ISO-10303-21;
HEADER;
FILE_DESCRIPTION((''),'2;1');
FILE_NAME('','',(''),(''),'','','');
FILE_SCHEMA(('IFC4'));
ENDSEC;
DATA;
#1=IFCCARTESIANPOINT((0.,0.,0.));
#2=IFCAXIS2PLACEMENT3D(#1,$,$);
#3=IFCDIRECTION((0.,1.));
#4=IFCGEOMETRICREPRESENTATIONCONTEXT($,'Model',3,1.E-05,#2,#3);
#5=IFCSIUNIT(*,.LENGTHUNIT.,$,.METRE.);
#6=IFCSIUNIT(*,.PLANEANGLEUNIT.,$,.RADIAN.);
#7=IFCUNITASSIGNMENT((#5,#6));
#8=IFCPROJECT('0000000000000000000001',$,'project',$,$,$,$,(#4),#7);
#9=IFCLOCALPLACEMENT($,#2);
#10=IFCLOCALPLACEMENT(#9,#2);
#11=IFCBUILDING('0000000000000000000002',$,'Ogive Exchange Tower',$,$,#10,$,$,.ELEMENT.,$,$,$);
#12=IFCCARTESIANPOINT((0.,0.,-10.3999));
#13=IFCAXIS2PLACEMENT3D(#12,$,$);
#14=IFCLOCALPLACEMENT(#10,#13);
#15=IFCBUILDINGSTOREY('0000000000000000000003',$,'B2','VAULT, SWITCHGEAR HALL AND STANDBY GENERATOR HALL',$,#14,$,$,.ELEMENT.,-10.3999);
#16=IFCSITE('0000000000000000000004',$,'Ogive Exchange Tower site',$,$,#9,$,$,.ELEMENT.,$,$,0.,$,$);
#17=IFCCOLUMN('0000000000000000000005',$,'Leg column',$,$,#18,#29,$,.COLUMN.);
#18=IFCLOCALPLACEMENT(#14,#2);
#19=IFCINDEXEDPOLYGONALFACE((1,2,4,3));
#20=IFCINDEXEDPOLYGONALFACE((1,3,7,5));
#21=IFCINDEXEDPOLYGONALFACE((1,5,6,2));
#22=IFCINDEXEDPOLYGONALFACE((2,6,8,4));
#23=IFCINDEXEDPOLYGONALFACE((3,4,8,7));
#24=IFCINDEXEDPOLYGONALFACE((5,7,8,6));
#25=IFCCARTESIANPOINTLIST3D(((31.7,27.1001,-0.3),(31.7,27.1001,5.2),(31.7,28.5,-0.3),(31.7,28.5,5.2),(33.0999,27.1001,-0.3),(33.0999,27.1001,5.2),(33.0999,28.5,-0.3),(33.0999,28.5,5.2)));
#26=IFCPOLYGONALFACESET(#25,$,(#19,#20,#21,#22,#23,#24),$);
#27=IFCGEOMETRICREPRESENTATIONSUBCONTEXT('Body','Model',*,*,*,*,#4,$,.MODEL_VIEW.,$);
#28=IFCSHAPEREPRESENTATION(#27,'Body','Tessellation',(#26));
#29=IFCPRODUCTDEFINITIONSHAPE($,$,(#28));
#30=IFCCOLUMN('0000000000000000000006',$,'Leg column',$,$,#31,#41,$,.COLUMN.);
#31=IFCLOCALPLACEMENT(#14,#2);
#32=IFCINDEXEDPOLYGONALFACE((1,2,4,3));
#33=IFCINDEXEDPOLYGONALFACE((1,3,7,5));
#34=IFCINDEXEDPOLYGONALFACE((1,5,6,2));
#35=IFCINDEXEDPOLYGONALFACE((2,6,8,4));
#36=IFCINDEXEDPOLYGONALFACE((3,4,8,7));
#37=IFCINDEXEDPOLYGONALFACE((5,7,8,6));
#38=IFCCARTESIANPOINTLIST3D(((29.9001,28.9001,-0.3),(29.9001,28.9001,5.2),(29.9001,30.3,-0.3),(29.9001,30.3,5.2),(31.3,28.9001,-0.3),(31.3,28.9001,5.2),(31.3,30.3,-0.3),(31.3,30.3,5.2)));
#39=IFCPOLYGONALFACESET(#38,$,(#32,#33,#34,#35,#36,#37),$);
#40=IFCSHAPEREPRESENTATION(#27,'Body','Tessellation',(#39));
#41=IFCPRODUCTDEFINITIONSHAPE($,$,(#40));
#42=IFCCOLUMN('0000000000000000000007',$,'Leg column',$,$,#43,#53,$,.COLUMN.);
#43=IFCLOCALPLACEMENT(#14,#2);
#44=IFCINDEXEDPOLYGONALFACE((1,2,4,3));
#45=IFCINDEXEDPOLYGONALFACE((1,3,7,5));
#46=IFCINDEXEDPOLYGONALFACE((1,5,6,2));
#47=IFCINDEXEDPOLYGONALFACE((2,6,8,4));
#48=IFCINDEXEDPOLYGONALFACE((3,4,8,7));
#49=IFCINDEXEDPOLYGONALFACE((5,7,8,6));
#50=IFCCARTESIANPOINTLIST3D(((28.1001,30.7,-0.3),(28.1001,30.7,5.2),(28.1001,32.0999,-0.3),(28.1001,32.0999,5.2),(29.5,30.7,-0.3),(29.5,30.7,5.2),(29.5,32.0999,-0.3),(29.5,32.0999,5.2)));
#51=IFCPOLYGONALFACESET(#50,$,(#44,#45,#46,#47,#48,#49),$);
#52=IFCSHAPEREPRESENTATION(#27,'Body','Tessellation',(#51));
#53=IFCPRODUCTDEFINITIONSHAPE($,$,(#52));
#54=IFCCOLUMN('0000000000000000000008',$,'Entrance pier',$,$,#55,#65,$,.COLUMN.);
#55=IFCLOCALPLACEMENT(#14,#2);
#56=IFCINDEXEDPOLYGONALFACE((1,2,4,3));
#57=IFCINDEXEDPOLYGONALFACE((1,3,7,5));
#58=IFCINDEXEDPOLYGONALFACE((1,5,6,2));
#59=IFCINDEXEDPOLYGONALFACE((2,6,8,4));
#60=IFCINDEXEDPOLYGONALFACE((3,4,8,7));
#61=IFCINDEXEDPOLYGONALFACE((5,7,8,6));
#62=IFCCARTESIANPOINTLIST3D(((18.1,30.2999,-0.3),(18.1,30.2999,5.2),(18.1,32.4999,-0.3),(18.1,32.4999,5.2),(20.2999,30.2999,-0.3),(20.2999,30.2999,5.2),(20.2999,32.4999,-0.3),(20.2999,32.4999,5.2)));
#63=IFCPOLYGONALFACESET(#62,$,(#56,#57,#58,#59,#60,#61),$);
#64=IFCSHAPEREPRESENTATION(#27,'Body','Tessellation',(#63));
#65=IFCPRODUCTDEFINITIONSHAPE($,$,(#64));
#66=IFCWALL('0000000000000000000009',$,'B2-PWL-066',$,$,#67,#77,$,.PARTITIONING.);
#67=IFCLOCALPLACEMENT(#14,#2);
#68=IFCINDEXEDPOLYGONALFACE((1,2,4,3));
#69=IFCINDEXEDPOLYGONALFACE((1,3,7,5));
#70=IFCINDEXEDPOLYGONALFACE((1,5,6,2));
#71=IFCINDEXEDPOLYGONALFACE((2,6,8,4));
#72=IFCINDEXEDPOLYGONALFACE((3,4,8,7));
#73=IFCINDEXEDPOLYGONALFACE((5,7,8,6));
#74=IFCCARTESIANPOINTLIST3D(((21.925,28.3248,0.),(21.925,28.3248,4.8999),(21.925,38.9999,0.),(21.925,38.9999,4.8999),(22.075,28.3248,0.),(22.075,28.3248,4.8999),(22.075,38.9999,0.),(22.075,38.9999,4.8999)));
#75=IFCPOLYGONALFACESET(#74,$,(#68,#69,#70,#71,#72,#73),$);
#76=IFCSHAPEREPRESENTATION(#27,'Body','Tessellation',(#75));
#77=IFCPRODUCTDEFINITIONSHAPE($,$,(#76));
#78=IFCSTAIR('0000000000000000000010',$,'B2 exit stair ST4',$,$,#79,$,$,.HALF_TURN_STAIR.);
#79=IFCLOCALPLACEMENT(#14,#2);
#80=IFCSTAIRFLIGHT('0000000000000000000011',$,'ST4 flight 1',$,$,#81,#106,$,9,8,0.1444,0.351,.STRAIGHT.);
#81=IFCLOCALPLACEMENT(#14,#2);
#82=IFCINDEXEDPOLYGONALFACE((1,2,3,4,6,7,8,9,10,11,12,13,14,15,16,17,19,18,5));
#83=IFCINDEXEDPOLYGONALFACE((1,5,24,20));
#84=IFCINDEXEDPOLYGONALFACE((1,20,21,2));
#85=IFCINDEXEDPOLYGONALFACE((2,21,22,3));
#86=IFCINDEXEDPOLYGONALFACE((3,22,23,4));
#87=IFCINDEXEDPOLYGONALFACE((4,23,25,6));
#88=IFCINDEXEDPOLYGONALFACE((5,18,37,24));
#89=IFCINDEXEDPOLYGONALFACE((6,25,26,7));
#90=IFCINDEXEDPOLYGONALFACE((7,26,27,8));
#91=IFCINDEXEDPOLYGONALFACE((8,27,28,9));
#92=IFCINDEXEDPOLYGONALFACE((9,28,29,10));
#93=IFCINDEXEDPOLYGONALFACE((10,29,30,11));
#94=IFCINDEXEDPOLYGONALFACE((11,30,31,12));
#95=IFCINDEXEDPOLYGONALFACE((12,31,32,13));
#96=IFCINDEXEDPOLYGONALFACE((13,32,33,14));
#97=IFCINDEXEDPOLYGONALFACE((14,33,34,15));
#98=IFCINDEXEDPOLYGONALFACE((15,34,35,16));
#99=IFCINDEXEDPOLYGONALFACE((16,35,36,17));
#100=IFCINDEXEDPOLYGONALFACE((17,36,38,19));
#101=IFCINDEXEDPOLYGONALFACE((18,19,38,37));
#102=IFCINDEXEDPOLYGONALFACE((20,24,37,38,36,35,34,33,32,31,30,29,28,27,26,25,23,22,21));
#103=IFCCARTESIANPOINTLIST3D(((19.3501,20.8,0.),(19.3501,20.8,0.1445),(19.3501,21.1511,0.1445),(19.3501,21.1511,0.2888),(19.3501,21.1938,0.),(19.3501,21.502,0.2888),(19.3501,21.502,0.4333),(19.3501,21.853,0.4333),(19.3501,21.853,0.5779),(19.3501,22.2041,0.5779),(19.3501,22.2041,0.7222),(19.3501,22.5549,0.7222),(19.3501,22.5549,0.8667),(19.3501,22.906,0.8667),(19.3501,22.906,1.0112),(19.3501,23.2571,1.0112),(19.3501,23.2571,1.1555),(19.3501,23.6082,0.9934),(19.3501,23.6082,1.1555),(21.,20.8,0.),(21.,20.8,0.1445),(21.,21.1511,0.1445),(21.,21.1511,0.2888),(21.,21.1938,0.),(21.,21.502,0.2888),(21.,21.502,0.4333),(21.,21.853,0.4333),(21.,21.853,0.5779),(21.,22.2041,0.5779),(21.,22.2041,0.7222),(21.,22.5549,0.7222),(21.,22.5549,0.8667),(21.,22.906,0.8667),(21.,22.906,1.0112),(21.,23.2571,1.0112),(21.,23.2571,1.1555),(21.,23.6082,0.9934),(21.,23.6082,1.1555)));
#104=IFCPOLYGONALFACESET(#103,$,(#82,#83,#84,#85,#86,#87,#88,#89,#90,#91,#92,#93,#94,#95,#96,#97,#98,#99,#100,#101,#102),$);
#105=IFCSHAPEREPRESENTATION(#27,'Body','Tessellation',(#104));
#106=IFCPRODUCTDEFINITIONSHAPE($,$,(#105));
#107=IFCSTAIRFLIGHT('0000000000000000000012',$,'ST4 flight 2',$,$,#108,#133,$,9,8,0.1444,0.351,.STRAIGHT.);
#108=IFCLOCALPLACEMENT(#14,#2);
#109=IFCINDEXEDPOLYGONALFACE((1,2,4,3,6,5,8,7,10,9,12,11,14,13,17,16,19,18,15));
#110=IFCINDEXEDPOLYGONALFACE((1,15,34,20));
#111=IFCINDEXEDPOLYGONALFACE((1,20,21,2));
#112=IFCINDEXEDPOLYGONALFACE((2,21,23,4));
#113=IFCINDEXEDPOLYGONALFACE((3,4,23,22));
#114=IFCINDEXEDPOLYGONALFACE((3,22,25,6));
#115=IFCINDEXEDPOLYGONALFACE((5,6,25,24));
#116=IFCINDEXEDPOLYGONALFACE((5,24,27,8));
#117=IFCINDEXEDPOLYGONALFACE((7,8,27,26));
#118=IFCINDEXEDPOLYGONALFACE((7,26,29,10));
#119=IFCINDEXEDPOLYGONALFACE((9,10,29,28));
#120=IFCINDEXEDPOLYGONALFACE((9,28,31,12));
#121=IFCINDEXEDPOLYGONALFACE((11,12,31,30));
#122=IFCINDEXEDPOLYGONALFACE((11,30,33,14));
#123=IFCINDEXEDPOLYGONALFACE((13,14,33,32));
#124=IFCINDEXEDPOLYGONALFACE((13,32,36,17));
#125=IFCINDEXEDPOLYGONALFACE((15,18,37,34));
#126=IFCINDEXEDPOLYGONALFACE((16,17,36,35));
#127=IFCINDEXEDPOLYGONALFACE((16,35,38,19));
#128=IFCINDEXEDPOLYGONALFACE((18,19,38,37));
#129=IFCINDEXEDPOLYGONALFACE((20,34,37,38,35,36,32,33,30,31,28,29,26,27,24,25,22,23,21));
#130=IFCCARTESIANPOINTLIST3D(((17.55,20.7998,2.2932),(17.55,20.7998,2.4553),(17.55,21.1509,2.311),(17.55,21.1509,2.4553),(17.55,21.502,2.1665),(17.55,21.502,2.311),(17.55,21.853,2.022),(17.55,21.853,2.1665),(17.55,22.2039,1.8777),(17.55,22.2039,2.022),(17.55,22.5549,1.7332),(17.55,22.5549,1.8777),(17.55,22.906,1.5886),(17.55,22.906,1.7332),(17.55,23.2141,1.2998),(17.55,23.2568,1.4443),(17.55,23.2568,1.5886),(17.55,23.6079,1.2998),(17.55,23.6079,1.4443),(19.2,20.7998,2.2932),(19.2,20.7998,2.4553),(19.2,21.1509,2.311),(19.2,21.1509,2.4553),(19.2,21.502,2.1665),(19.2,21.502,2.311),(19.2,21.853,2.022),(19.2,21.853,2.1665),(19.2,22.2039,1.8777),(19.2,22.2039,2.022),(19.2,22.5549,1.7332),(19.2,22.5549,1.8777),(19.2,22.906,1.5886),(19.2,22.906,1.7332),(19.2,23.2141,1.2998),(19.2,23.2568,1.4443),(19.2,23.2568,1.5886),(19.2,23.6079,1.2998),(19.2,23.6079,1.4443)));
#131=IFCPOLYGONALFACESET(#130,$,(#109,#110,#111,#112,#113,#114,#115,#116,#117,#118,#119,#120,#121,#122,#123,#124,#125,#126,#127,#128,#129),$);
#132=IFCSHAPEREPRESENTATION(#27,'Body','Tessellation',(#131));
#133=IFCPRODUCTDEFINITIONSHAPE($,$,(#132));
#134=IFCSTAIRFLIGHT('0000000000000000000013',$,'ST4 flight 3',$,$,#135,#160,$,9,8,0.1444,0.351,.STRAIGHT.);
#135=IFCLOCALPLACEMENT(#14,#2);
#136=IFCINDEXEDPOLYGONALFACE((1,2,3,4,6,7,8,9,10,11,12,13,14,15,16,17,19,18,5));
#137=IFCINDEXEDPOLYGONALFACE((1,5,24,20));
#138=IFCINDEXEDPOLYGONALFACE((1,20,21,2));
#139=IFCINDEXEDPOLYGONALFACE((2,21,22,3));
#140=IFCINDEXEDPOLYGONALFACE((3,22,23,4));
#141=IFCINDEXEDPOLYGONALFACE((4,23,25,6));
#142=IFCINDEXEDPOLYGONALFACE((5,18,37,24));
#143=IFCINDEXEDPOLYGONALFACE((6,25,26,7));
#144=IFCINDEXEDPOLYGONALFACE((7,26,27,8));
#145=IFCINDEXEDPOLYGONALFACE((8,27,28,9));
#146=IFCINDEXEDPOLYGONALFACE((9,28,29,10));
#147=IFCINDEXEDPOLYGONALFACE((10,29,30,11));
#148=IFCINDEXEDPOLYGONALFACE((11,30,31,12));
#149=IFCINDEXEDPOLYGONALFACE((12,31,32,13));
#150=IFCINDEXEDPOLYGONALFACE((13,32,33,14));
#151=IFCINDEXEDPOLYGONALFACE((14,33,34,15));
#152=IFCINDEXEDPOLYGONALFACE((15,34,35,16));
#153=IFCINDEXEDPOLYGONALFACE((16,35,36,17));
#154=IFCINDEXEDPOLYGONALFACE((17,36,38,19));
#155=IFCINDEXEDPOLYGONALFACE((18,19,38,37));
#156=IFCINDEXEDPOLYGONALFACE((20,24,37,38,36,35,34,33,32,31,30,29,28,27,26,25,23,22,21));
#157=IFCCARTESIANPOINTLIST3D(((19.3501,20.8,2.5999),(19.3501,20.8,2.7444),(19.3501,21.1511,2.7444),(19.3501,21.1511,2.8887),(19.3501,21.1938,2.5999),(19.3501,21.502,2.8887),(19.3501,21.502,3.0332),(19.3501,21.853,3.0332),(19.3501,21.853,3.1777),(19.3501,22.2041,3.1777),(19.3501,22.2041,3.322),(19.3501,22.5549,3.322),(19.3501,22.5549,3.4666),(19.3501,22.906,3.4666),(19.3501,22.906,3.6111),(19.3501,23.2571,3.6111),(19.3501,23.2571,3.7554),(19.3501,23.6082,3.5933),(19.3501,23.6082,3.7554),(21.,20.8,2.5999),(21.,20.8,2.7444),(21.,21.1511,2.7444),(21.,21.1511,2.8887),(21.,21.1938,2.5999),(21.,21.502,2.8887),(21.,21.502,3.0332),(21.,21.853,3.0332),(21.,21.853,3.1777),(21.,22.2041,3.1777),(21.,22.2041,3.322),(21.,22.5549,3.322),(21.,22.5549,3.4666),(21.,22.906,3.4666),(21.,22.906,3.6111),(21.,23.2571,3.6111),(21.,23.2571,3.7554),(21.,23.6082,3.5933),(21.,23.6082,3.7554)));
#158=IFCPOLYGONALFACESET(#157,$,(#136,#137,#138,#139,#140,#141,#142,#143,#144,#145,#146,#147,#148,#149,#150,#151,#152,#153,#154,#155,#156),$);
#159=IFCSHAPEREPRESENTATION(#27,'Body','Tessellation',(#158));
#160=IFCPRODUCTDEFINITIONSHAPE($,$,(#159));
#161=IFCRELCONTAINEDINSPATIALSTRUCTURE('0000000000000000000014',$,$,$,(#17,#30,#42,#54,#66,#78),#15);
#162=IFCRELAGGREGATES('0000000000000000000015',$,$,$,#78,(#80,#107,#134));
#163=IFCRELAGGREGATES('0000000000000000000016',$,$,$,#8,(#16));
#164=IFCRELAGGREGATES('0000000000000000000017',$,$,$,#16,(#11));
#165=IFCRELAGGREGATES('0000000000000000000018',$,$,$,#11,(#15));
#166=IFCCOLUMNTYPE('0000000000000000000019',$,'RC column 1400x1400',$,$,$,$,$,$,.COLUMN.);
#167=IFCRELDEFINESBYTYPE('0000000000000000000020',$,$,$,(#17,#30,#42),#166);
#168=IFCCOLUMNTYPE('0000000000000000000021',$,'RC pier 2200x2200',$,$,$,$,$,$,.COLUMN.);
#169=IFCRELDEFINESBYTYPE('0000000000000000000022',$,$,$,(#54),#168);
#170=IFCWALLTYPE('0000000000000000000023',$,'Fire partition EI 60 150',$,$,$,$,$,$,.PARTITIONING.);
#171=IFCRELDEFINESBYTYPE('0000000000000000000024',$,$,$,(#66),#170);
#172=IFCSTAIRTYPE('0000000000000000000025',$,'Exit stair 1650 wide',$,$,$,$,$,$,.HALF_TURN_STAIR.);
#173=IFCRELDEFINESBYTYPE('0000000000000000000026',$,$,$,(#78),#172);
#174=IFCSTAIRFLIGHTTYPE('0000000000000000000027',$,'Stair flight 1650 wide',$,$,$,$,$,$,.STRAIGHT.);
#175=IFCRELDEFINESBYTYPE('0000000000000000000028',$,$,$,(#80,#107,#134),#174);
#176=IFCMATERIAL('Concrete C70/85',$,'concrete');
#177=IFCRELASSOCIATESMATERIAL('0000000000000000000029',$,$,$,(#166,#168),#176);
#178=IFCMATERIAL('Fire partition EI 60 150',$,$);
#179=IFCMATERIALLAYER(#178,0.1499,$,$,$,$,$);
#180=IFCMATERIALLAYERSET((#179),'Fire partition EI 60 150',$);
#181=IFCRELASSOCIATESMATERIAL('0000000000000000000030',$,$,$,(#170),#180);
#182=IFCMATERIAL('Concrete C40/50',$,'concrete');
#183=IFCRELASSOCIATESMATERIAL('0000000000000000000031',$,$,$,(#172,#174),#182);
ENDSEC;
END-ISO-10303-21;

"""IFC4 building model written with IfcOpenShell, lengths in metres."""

from ifc_helpers import new_model, si_unit, direction, frame, frame_2d, origin, origin_2d, place, context, subcontext, project, spatial, polyline, rectangle, outline, extrude, material, layer, layer_set, material_profile, profile_set, type_object, element, aggregate, save


model = new_model("IFC4")

# Units and contexts
model_context = context("Model", 3, precision=1e-05, world=origin(), true_north=direction((0.0, 1.0)))
body_context = subcontext(model_context, "Body", "Model", "MODEL_VIEW")
ifc_project = project(units=[si_unit("LENGTHUNIT", "METRE"), si_unit("PLANEANGLEUNIT", "RADIAN")], contexts=[model_context])

# Site, building, storey
site_placement = place(None, origin())
site = spatial("IfcSite", under=ifc_project, at=site_placement, Name="Ogive Exchange Tower site", CompositionType="ELEMENT", RefElevation=0.0)
building_placement = place(site_placement, origin())
building = spatial("IfcBuilding", under=site, at=building_placement, Name="Ogive Exchange Tower", CompositionType="ELEMENT")
storey_placement = place(building_placement, frame((0.0, 0.0, -10.3999)))
storey = spatial("IfcBuildingStorey", under=building, at=storey_placement, Name="B2", Description="VAULT, SWITCHGEAR HALL AND STANDBY GENERATOR HALL", CompositionType="ELEMENT", Elevation=-10.3999)

# Shared definitions
ifc_material_1 = material(Name="Concrete C40/50", Category="concrete")

# Columns
ifc_material_2 = material(Name="Concrete C70/85", Category="concrete")
ifc_material_profile_1 = material_profile(ifc_material_2, rectangle(XDim=1.3999, YDim=1.3999, at=origin_2d()), Name="RC 1400x1400")
ifc_profile_set_1 = profile_set([ifc_material_profile_1], Name="Concrete C70/85")
column_type_1 = type_object("IfcColumnType", Name="RC column 1400x1400", PredefinedType="COLUMN", material=ifc_profile_set_1)
for number, where, z_axis, x_axis, name in (
    (1, (32.3999, 27.8, -0.3), (0.0, 0.0, 1.0), (1.0, 0.0, 0.0), "Leg column"),
    (2, (30.6001, 29.6001, -0.3), (0.0, 0.0, 1.0), (1.0, 0.0, 0.0), "Leg column"),
    (3, (28.8, 31.3999, -0.3), (0.0, 0.0, 1.0), (1.0, 0.0, 0.0), "Leg column"),
):
    element("IfcColumn", number, at=place(storey_placement, frame(where, z_axis=z_axis, x_axis=x_axis)), inside=storey, type_object=column_type_1, Name=name, PredefinedType="COLUMN", context=body_context, shape_type="SweptSolid", body=[
        extrude(rectangle(XDim=1.3999, YDim=1.3999, at=origin_2d()), origin(), (0.0, 0.0, 1.0), 5.5),
    ])
ifc_material_profile_2 = material_profile(ifc_material_2, rectangle(XDim=2.2, YDim=2.2, at=origin_2d()), Name="RC 2200x2200")
ifc_profile_set_2 = profile_set([ifc_material_profile_2], Name="Concrete C70/85")
column_type_2 = type_object("IfcColumnType", Name="RC pier 2200x2200", PredefinedType="COLUMN", material=ifc_profile_set_2)
column_placement = place(storey_placement, frame((19.2, 31.3999, -0.3), z_axis=(0.0, 0.0, 1.0), x_axis=(1.0, 0.0, 0.0)))
element("IfcColumn", 4, at=column_placement, inside=storey, type_object=column_type_2, Name="Entrance pier", PredefinedType="COLUMN", context=body_context, shape_type="SweptSolid", body=[
    extrude(rectangle(XDim=2.2, YDim=2.2, at=origin_2d()), origin(), (0.0, 0.0, 1.0), 5.5),
])

# Wall
ifc_material_3 = material(Name="Fire partition EI 60 150")
ifc_layer = layer(ifc_material_3, 0.1499)
ifc_layer_set = layer_set([ifc_layer], Name="Fire partition EI 60 150")
wall_type = type_object("IfcWallType", Name="Fire partition EI 60 150", PredefinedType="PARTITIONING", material=ifc_layer_set)
wall_placement = place(storey_placement, frame((22.0, 28.325, 0.0), z_axis=(0.0, 0.0, 1.0), x_axis=(0.0, 1.0, 0.0)))
element("IfcWall", 5, at=wall_placement, inside=storey, type_object=wall_type, Name="B2-PWL-066", PredefinedType="PARTITIONING", context=body_context, shape_type="SweptSolid", body=[
    extrude(rectangle(XDim=10.675, YDim=0.1499, at=frame_2d((5.3374, 0.0))), origin(), (0.0, 0.0, 1.0), 4.8999),
])

# Stair, stair flights
stair_type = type_object("IfcStairType", Name="Exit stair 1650 wide", PredefinedType="HALF_TURN_STAIR", material=ifc_material_1)
stair_placement = place(storey_placement, origin())
stair = element("IfcStair", 6, at=stair_placement, inside=storey, type_object=stair_type, Name="B2 exit stair ST4", PredefinedType="HALF_TURN_STAIR")
stair_flight_type = type_object("IfcStairFlightType", Name="Stair flight 1650 wide", PredefinedType="STRAIGHT", material=ifc_material_1)
stair_flight_1_placement = place(storey_placement, frame((20.175, 20.8, 0.0), z_axis=(0.0, 0.0, 1.0), x_axis=(0.0, 1.0, 0.0)))
stair_flight_1 = element("IfcStairFlight", 7, at=stair_flight_1_placement, type_object=stair_flight_type, Name="ST4 flight 1", NumberOfRisers=9, NumberOfTreads=8, PredefinedType="STRAIGHT", RiserHeight=0.1444, TreadLength=0.351, context=body_context, shape_type="SweptSolid", body=[
    extrude(outline(polyline([(0.0, 0.0), (0.0, 0.1445), (0.3511, 0.1445), (0.3511, 0.2888), (0.7019, 0.2888), (0.7019, 0.4333), (1.053, 0.4333), (1.053, 0.5779), (1.4041, 0.5779), (1.4041, 0.7222), (1.7549, 0.7222), (1.7549, 0.8667), (2.106, 0.8667), (2.106, 1.0112), (2.457, 1.0112), (2.457, 1.1555), (2.8081, 1.1555), (2.8081, 1.3), (2.8081, 0.9934), (0.3938, 0.0), (0.0, 0.0)])), frame((0.0, 0.825, 0.0), z_axis=(0.0, -1.0, 0.0), x_axis=(1.0, 0.0, 0.0)), (0.0, 0.0, 1.0), 1.6499),
])
stair_flight_2_placement = place(storey_placement, frame((18.375, 23.6079, 1.2998), z_axis=(0.0, 0.0, 1.0), x_axis=(0.0, -1.0, 0.0)))
stair_flight_2 = element("IfcStairFlight", 8, at=stair_flight_2_placement, type_object=stair_flight_type, Name="ST4 flight 2", NumberOfRisers=9, NumberOfTreads=8, PredefinedType="STRAIGHT", RiserHeight=0.1444, TreadLength=0.351, context=body_context, shape_type="SweptSolid", body=[
    extrude(outline(polyline([(0.0, 0.0), (0.0, 0.1445), (0.3511, 0.1445), (0.3511, 0.2888), (0.7019, 0.2888), (0.7019, 0.4333), (1.053, 0.4333), (1.053, 0.5779), (1.4041, 0.5779), (1.4041, 0.7222), (1.7549, 0.7222), (1.7549, 0.8667), (2.106, 0.8667), (2.106, 1.0112), (2.457, 1.0112), (2.457, 1.1555), (2.8081, 1.1555), (2.8081, 1.3), (2.8081, 0.9934), (0.3938, 0.0), (0.0, 0.0)])), frame((0.0, 0.825, 0.0), z_axis=(0.0, -1.0, 0.0), x_axis=(1.0, 0.0, 0.0)), (0.0, 0.0, 1.0), 1.6499),
])
stair_flight_3_placement = place(storey_placement, frame((20.175, 20.8, 2.5999), z_axis=(0.0, 0.0, 1.0), x_axis=(0.0, 1.0, 0.0)))
stair_flight_3 = element("IfcStairFlight", 9, at=stair_flight_3_placement, type_object=stair_flight_type, Name="ST4 flight 3", NumberOfRisers=9, NumberOfTreads=8, PredefinedType="STRAIGHT", RiserHeight=0.1444, TreadLength=0.351, context=body_context, shape_type="SweptSolid", body=[
    extrude(outline(polyline([(0.0, 0.0), (0.0, 0.1445), (0.3511, 0.1445), (0.3511, 0.2888), (0.7019, 0.2888), (0.7019, 0.4333), (1.053, 0.4333), (1.053, 0.5779), (1.4041, 0.5779), (1.4041, 0.7222), (1.7549, 0.7222), (1.7549, 0.8667), (2.106, 0.8667), (2.106, 1.0112), (2.457, 1.0112), (2.457, 1.1555), (2.8081, 1.1555), (2.8081, 1.3), (2.8081, 0.9934), (0.3938, 0.0), (0.0, 0.0)])), frame((0.0, 0.825, 0.0), z_axis=(0.0, -1.0, 0.0), x_axis=(1.0, 0.0, 0.0)), (0.0, 0.0, 1.0), 1.6499),
])
aggregate(stair, [stair_flight_1, stair_flight_2, stair_flight_3])

save(model, "model.ifc")
